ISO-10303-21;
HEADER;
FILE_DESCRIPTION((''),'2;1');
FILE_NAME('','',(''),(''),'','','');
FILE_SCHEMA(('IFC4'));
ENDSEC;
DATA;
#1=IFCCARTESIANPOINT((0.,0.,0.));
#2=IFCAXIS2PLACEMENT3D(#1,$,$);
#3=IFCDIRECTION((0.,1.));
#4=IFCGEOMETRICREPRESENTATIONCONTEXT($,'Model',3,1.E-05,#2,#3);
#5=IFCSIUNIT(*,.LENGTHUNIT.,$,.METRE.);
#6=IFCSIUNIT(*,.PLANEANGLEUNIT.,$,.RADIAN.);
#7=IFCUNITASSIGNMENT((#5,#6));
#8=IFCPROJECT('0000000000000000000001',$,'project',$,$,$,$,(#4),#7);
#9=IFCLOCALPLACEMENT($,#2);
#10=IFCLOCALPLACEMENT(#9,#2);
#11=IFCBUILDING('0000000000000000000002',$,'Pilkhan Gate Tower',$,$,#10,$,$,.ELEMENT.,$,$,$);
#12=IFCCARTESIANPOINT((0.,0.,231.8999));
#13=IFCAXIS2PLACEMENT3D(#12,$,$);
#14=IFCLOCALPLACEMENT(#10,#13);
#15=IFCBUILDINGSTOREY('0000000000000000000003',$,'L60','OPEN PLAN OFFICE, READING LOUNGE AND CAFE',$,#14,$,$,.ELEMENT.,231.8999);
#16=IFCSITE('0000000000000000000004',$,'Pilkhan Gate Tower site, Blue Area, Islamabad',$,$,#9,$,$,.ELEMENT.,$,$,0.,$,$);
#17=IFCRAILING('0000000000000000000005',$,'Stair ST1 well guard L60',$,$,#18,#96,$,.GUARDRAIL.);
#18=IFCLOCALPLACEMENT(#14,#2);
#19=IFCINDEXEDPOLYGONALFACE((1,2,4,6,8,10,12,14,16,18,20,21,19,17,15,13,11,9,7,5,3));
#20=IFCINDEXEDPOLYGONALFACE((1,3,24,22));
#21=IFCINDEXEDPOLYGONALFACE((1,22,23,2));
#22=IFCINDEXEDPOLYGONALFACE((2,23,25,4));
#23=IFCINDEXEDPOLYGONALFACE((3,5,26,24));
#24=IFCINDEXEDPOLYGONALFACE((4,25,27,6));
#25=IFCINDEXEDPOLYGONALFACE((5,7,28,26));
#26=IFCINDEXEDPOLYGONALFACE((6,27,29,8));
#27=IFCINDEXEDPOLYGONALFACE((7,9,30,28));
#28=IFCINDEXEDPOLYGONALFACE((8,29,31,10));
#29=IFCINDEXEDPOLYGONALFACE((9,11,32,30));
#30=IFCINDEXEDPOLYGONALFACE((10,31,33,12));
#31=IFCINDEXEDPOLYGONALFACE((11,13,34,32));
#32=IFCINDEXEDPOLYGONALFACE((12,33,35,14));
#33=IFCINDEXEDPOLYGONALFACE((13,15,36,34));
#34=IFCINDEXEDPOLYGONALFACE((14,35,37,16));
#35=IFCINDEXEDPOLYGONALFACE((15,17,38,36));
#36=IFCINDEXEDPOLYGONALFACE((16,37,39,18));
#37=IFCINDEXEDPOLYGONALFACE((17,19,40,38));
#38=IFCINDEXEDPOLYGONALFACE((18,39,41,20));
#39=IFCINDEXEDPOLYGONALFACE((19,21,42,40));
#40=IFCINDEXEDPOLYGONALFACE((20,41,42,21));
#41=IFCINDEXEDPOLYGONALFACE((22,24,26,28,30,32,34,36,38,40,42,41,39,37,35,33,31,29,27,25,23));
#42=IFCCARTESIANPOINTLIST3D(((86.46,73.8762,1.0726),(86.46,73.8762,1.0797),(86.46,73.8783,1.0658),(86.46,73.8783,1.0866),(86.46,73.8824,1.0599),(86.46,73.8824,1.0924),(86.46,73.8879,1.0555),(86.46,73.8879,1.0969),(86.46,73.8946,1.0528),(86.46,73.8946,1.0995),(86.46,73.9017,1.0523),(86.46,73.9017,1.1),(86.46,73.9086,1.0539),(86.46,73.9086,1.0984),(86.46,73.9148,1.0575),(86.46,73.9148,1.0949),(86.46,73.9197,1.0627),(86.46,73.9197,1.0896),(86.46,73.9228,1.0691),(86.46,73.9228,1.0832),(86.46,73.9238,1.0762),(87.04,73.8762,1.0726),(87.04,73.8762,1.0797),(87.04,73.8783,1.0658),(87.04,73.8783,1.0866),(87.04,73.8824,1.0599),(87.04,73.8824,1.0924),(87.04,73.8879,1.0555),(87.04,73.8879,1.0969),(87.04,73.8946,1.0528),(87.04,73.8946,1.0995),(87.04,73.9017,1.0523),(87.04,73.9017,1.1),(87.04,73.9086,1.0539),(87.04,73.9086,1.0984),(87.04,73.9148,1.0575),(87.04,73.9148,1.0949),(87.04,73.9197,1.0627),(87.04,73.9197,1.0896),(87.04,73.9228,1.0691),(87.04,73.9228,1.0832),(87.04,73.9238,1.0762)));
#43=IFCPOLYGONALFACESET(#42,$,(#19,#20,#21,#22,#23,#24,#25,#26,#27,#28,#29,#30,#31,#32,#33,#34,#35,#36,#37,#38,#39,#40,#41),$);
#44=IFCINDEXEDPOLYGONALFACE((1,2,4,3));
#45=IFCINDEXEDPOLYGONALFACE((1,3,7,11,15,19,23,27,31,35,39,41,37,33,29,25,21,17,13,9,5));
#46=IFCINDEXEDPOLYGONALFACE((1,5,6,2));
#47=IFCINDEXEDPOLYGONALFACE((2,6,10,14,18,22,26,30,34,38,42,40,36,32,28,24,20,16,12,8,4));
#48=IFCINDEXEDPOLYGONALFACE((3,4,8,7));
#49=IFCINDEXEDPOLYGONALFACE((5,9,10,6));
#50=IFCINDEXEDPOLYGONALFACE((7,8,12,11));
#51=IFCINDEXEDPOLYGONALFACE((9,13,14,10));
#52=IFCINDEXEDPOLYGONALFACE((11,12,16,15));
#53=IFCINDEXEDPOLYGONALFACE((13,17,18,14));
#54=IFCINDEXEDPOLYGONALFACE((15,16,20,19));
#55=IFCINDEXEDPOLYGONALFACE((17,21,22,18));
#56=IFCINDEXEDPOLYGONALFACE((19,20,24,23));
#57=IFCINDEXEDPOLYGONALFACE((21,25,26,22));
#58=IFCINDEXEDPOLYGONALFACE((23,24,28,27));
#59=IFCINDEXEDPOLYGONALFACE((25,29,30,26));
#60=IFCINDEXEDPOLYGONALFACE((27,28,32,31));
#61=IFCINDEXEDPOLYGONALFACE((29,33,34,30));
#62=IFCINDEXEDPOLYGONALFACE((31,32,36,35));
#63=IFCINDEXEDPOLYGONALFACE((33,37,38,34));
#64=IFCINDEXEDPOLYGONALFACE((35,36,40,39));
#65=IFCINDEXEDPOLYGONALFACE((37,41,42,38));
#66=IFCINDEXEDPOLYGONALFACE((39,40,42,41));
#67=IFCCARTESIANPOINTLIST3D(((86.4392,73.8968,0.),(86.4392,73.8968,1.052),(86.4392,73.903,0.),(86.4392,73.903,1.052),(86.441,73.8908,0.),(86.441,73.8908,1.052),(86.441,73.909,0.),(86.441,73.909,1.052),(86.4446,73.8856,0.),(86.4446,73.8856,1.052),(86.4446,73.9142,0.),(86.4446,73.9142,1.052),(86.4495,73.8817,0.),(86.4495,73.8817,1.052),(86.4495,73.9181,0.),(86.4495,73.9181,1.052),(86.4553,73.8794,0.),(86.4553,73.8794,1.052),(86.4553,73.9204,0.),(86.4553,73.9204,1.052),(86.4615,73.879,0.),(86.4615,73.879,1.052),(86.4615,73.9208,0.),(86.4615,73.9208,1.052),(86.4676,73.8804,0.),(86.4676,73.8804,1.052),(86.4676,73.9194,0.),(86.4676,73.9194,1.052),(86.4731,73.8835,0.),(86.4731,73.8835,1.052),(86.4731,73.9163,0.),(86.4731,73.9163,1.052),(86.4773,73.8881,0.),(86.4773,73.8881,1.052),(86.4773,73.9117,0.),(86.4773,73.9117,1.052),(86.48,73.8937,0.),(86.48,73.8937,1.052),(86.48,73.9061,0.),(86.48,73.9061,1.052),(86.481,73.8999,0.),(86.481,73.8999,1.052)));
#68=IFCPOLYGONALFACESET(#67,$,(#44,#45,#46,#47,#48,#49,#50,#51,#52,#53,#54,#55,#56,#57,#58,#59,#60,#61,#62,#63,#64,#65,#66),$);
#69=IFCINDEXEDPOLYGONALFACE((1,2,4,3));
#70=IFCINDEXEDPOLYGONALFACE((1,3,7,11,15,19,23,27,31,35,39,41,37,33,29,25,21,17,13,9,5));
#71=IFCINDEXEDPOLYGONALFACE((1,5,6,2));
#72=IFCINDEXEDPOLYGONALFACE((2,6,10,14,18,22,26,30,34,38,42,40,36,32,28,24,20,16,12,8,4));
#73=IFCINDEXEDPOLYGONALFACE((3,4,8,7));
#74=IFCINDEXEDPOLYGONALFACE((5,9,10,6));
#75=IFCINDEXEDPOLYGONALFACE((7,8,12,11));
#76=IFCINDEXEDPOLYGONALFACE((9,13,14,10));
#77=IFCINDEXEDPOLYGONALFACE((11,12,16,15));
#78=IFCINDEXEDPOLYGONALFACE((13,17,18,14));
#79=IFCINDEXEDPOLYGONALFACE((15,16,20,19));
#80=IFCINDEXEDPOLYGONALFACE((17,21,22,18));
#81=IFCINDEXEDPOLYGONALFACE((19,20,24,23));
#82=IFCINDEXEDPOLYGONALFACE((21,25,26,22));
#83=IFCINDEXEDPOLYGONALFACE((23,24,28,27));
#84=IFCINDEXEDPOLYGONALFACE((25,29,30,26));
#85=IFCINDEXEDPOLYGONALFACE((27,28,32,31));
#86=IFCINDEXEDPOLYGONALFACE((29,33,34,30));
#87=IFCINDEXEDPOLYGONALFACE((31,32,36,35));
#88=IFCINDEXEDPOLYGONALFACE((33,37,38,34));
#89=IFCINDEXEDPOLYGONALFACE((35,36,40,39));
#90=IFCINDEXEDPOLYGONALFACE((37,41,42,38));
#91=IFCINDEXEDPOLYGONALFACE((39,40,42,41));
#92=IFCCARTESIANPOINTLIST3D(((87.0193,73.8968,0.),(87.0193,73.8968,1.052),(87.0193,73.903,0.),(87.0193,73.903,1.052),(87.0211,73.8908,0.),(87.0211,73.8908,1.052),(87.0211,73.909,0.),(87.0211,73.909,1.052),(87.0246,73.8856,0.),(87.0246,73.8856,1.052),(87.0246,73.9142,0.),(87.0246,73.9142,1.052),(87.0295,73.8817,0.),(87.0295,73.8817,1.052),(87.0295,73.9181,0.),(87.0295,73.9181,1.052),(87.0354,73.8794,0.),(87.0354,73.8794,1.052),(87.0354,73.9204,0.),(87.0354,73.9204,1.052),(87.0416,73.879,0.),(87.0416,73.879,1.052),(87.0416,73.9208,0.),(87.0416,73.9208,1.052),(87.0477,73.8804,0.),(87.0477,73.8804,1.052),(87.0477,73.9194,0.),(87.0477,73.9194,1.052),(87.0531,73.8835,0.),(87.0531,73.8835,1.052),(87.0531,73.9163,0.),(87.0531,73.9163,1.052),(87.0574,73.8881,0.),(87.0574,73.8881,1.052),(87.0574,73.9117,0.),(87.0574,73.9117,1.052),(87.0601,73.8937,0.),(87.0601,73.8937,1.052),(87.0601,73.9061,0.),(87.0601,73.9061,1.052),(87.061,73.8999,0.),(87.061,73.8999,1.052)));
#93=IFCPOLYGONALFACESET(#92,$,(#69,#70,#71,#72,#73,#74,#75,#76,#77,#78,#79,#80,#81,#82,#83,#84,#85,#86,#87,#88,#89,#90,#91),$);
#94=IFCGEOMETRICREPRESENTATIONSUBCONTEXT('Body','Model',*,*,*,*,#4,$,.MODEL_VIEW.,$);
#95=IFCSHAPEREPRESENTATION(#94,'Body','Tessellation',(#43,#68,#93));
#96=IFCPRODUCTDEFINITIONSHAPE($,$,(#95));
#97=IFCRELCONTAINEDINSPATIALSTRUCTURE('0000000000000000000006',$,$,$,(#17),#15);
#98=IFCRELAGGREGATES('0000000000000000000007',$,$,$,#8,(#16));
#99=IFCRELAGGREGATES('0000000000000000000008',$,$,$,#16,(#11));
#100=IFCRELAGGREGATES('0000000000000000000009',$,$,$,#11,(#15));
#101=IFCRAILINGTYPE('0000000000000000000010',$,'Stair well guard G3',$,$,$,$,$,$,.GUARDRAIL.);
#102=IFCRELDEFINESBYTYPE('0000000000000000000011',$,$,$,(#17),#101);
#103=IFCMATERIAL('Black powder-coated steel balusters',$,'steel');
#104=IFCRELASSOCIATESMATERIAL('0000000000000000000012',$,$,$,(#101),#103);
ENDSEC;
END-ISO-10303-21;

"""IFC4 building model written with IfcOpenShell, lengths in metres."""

from ifc_helpers import new_model, si_unit, direction, frame, origin, origin_2d, place, context, subcontext, project, spatial, circle, extrude, material, type_object, element, save


model = new_model("IFC4")

# Units and contexts
model_context = context("Model", 3, precision=1e-05, world=origin(), true_north=direction((0.0, 1.0)))
body_context = subcontext(model_context, "Body", "Model", "MODEL_VIEW")
ifc_project = project(units=[si_unit("LENGTHUNIT", "METRE"), si_unit("PLANEANGLEUNIT", "RADIAN")], contexts=[model_context])

# Site, building, storey
site_placement = place(None, origin())
site = spatial("IfcSite", under=ifc_project, at=site_placement, Name="Pilkhan Gate Tower site, Blue Area, Islamabad", CompositionType="ELEMENT", RefElevation=0.0)
building_placement = place(site_placement, origin())
building = spatial("IfcBuilding", under=site, at=building_placement, Name="Pilkhan Gate Tower", CompositionType="ELEMENT")
storey_placement = place(building_placement, frame((0.0, 0.0, 231.8999)))
storey = spatial("IfcBuildingStorey", under=building, at=storey_placement, Name="L60", Description="OPEN PLAN OFFICE, READING LOUNGE AND CAFE", CompositionType="ELEMENT", Elevation=231.8999)

# Railing
ifc_material_1 = material(Name="Black powder-coated steel balusters", Category="steel")
railing_type_1 = type_object("IfcRailingType", Name="Stair well guard G3", PredefinedType="GUARDRAIL", material=ifc_material_1)
railing_1_placement = place(storey_placement, frame((86.46, 73.8999, 0.0)))
element("IfcRailing", 1, at=railing_1_placement, inside=storey, type_object=railing_type_1, Name="Stair ST1 well guard L60", PredefinedType="GUARDRAIL", context=body_context, shape_type="SweptSolid", body=[
    extrude(circle(Radius=0.0239, at=origin_2d()), frame((0.0, 0.0, 1.0762), z_axis=(1.0, 0.0, 0.0), x_axis=(0.0, 1.0, 0.0)), (0.0, 0.0, 1.0), 0.5801),
    extrude(circle(Radius=0.021, at=origin_2d()), origin(), (0.0, 0.0, 1.0), 1.052),
    extrude(circle(Radius=0.021, at=origin_2d()), frame((0.5801, 0.0, 0.0)), (0.0, 0.0, 1.0), 1.052),
])

save(model, "model.ifc")
